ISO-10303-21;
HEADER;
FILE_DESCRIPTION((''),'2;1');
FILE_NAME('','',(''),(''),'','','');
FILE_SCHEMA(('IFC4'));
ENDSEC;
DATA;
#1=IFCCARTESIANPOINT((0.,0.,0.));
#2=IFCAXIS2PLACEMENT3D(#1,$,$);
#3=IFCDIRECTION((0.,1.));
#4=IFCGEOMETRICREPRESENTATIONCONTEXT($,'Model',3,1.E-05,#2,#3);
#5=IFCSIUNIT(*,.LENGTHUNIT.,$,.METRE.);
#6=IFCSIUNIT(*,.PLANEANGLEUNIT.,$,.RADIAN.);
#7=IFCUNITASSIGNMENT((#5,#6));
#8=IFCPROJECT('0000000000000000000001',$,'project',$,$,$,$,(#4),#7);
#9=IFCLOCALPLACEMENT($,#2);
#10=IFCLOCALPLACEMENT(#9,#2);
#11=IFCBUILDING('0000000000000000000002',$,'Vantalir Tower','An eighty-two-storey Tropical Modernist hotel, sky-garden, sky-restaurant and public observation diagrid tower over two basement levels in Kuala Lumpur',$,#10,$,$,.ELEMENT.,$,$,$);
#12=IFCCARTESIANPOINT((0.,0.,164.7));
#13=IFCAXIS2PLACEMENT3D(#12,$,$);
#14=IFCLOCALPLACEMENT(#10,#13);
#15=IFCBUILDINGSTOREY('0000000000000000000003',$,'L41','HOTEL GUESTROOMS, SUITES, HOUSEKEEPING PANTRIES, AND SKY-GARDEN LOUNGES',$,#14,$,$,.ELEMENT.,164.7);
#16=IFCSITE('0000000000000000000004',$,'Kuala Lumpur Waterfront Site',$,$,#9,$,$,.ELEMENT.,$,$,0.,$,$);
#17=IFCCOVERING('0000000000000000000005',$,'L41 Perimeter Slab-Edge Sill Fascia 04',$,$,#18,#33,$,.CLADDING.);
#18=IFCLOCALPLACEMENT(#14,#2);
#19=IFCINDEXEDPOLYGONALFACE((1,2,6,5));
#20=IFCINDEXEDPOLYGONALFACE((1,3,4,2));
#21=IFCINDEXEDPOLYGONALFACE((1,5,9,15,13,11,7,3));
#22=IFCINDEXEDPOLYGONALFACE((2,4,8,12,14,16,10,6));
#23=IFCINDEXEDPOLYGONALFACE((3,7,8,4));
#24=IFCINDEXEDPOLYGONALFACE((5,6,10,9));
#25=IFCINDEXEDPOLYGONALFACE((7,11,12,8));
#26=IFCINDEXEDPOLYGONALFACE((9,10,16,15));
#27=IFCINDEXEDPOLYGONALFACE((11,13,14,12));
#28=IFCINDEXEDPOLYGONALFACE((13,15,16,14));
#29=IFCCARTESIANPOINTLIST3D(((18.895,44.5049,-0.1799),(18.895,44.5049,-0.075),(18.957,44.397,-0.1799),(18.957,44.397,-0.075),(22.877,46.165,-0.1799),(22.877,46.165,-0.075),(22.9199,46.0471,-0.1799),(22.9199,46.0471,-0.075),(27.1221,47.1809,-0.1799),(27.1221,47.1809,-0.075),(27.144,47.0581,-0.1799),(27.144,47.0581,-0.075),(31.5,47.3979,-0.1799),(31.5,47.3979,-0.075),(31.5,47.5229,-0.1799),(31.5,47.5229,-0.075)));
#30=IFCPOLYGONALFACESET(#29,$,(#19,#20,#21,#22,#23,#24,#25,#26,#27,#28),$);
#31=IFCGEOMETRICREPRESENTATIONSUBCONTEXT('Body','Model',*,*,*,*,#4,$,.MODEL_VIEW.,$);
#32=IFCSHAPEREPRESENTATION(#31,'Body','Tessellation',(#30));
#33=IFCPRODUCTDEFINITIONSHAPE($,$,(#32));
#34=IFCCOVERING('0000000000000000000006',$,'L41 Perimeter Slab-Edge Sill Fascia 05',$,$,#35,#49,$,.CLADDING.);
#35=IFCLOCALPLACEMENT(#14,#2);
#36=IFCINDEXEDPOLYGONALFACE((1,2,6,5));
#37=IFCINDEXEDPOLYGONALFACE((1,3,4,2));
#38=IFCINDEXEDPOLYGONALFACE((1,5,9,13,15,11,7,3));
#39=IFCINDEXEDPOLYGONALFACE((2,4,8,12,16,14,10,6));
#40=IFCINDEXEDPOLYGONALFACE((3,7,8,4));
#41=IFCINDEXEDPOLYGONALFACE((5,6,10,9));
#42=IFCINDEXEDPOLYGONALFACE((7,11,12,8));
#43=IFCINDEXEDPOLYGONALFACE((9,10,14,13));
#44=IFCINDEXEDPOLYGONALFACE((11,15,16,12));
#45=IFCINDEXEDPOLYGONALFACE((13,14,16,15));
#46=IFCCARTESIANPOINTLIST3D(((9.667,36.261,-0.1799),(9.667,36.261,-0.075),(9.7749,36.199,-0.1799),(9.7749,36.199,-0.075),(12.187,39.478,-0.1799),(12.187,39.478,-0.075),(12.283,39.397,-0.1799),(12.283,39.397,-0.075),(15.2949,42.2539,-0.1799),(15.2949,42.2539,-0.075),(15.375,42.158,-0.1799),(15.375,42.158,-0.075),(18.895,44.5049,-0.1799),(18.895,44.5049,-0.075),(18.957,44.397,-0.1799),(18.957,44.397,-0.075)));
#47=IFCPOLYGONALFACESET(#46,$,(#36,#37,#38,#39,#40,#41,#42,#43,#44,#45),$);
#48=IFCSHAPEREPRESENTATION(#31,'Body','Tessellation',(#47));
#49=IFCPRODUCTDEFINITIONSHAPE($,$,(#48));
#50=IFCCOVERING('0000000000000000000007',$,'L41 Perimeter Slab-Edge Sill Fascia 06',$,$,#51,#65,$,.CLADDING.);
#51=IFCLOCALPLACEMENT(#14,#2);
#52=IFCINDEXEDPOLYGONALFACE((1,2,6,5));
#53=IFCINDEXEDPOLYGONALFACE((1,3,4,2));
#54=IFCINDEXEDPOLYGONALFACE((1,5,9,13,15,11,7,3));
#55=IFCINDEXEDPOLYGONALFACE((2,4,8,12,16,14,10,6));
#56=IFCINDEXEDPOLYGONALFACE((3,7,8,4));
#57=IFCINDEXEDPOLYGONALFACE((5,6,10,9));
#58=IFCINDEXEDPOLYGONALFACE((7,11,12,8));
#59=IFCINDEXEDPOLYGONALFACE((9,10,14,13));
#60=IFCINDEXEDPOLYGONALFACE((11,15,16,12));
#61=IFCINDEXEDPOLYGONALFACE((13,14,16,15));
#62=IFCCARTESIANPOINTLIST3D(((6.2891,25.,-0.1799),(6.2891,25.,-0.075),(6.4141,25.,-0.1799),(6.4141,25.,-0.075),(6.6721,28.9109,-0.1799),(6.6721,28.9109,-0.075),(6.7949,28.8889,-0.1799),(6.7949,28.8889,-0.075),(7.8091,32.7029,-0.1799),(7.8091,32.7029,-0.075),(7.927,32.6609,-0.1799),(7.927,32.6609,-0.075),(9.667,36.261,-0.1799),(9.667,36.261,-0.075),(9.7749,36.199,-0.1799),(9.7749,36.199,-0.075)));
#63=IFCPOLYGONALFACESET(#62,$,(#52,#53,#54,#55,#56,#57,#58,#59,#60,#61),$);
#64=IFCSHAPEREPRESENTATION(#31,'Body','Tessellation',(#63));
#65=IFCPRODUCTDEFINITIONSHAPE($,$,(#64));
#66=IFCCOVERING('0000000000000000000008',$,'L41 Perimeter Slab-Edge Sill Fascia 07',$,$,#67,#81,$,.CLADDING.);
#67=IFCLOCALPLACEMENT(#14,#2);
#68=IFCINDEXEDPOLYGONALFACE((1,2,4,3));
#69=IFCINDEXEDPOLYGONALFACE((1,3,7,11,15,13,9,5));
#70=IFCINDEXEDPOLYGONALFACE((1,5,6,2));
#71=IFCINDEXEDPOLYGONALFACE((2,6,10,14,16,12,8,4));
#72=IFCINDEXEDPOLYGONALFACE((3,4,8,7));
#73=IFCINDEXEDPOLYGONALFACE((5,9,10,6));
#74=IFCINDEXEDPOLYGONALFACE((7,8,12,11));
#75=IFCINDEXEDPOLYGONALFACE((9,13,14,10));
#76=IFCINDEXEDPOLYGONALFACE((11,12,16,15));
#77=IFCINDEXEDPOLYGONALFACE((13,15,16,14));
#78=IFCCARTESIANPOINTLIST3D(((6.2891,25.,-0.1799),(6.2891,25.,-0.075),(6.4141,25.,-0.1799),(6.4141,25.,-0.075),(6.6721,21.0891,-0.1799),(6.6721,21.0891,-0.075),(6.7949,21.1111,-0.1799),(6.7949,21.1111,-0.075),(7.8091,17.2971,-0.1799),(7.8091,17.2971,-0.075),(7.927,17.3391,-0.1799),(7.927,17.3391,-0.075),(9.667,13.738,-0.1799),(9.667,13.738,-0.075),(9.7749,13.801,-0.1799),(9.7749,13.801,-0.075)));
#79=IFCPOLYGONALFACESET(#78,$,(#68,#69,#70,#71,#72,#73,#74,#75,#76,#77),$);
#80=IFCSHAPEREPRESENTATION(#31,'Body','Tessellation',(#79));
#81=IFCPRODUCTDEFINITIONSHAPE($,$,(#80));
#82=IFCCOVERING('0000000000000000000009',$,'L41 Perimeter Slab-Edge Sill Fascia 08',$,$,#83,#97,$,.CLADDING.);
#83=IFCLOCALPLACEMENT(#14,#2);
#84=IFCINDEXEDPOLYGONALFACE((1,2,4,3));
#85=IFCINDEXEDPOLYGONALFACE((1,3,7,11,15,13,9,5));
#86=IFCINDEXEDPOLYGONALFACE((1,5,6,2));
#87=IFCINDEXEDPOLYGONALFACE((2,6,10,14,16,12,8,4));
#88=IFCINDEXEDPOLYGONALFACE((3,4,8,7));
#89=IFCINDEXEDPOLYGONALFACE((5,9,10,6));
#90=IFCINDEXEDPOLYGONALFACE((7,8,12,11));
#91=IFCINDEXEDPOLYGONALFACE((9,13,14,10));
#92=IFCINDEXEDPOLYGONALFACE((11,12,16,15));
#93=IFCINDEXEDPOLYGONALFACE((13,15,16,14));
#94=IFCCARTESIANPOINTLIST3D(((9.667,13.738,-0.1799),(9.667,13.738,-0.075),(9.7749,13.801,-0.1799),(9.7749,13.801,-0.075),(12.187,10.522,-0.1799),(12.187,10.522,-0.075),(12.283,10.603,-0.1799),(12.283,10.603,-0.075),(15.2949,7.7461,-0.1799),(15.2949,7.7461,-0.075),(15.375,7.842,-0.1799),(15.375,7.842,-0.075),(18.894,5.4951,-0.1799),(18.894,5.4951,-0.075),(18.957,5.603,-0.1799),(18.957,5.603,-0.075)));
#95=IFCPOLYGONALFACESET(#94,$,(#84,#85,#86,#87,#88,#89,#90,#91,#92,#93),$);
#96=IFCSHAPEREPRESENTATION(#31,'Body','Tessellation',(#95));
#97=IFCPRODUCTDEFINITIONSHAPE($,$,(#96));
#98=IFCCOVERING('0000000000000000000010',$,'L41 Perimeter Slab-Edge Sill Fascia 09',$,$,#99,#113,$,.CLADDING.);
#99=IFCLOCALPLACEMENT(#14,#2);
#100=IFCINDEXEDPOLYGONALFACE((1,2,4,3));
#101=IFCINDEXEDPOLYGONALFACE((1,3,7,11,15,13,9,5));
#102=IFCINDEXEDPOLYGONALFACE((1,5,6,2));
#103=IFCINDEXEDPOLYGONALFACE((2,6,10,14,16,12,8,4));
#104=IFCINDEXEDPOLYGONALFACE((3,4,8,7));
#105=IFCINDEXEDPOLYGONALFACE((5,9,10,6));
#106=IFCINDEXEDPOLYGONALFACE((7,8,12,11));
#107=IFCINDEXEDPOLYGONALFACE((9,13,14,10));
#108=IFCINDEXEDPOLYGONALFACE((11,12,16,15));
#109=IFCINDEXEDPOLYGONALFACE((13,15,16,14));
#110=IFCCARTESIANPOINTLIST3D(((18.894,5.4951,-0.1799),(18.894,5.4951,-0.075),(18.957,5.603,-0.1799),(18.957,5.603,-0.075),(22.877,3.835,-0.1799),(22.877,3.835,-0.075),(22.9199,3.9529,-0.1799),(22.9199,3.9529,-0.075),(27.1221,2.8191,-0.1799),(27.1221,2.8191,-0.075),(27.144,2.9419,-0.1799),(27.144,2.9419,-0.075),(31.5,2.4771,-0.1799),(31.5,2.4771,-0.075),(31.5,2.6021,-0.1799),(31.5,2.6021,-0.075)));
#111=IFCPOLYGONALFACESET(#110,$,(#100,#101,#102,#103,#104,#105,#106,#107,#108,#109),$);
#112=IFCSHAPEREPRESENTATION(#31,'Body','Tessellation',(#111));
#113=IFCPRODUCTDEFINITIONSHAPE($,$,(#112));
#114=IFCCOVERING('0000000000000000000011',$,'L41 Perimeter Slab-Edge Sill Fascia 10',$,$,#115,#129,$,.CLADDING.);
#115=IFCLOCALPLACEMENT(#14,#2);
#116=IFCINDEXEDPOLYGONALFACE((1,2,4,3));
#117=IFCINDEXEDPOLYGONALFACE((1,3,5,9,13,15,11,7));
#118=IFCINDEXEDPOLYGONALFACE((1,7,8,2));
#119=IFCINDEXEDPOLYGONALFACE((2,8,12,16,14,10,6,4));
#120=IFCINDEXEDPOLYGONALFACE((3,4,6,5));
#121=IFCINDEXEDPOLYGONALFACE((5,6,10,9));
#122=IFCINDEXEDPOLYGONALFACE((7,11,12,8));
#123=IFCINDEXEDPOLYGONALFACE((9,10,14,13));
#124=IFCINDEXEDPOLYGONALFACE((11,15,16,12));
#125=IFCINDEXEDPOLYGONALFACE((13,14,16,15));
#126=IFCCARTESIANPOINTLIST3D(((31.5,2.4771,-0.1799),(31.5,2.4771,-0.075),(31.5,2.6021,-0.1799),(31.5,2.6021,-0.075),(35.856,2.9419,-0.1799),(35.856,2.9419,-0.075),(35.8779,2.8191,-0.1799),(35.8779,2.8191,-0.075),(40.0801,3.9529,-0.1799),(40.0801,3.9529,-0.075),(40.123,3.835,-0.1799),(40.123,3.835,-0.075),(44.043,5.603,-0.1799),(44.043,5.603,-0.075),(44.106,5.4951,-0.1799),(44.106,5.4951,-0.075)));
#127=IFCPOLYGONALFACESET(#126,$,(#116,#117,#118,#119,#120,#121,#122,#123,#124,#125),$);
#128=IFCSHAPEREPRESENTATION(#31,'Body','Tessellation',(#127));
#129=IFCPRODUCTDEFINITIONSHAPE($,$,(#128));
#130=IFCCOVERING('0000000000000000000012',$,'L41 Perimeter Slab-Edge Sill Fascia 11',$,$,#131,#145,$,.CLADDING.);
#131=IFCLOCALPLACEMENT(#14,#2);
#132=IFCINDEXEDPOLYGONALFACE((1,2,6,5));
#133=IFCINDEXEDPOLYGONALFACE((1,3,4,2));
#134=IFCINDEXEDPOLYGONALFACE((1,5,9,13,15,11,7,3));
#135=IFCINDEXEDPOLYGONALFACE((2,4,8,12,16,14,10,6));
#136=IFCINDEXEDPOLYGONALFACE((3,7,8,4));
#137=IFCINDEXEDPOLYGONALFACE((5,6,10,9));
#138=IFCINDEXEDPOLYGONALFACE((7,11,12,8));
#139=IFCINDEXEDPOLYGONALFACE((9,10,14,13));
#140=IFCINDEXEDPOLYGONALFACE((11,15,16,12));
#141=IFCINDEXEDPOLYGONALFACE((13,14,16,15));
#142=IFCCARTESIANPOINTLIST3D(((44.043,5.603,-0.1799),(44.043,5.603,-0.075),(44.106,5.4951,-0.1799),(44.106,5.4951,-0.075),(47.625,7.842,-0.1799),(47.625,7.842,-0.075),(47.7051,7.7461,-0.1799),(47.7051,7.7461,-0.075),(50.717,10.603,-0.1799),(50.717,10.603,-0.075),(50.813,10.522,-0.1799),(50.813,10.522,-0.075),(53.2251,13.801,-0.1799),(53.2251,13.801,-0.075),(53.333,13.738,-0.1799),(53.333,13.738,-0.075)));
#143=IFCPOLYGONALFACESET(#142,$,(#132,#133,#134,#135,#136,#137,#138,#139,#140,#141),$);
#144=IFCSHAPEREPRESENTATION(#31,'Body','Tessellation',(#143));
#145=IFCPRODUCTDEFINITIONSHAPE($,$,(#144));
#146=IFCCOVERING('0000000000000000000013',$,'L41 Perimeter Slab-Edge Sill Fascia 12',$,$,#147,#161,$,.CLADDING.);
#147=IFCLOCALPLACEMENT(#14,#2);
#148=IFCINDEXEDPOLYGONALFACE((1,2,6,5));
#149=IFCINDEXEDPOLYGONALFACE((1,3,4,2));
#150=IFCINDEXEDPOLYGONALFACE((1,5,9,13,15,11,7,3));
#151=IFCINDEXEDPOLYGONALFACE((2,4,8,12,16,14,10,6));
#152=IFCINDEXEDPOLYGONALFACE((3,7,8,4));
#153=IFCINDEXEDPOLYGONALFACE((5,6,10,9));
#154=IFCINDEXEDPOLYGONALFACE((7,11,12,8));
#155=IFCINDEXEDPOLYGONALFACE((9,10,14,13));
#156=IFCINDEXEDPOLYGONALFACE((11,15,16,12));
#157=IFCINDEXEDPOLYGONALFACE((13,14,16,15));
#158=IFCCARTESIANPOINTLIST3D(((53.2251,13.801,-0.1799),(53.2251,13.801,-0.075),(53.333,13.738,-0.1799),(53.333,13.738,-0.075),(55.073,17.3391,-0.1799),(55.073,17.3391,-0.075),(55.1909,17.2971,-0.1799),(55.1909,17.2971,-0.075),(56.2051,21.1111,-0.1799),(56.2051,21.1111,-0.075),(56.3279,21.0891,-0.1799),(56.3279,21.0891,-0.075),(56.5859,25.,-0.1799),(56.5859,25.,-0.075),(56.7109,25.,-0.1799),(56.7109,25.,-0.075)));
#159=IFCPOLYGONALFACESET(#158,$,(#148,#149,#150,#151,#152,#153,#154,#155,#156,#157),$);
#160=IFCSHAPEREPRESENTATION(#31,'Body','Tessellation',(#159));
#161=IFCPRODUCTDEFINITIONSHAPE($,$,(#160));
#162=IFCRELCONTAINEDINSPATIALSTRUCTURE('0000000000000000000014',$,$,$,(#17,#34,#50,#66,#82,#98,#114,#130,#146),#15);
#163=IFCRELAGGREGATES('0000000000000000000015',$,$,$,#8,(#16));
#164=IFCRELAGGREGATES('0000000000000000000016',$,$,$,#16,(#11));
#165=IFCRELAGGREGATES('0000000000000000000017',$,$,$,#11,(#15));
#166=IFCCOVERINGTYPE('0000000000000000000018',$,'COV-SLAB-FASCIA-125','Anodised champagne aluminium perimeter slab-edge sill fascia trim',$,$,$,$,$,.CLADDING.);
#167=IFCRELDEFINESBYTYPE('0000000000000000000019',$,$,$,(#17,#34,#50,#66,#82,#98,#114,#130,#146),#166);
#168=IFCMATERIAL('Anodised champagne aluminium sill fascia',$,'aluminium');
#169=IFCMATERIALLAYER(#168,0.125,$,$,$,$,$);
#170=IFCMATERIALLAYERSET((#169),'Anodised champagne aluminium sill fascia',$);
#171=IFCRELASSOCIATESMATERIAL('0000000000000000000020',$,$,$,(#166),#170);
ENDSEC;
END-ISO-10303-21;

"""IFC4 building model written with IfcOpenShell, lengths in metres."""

from ifc_helpers import new_model, si_unit, direction, frame, origin, place, context, subcontext, project, spatial, polyline, outline, extrude, material, layer, layer_set, type_object, element, save


model = new_model("IFC4")

# Units and contexts
model_context = context("Model", 3, precision=1e-05, world=origin(), true_north=direction((0.0, 1.0)))
body_context = subcontext(model_context, "Body", "Model", "MODEL_VIEW")
ifc_project = project(units=[si_unit("LENGTHUNIT", "METRE"), si_unit("PLANEANGLEUNIT", "RADIAN")], contexts=[model_context])

# Site, building, storey
site_placement = place(None, origin())
site = spatial("IfcSite", under=ifc_project, at=site_placement, Name="Kuala Lumpur Waterfront Site", CompositionType="ELEMENT", RefElevation=0.0)
building_placement = place(site_placement, origin())
building = spatial("IfcBuilding", under=site, at=building_placement, Name="Vantalir Tower", Description="An eighty-two-storey Tropical Modernist hotel, sky-garden, sky-restaurant and public observation diagrid tower over two basement levels in Kuala Lumpur", CompositionType="ELEMENT")
storey_placement = place(building_placement, frame((0.0, 0.0, 164.7)))
storey = spatial("IfcBuildingStorey", under=building, at=storey_placement, Name="L41", Description="HOTEL GUESTROOMS, SUITES, HOUSEKEEPING PANTRIES, AND SKY-GARDEN LOUNGES", CompositionType="ELEMENT", Elevation=164.7)

# Coverings
ifc_material_1 = material(Name="Anodised champagne aluminium sill fascia", Category="aluminium")
ifc_layer_1 = layer(ifc_material_1, 0.125)
ifc_layer_set_1 = layer_set([ifc_layer_1], Name="Anodised champagne aluminium sill fascia")
covering_type = type_object("IfcCoveringType", Name="COV-SLAB-FASCIA-125", Description="Anodised champagne aluminium perimeter slab-edge sill fascia trim", PredefinedType="CLADDING", material=ifc_layer_set_1)
covering_1_placement = place(storey_placement, frame((0.0, 0.0, -0.1799)))
element("IfcCovering", 1, at=covering_1_placement, inside=storey, type_object=covering_type, Name="L41 Perimeter Slab-Edge Sill Fascia 04", PredefinedType="CLADDING", context=body_context, shape_type="SweptSolid", body=[
    extrude(outline(polyline([(31.5, 47.5229), (27.1221, 47.1809), (22.877, 46.165), (18.895, 44.5049), (18.957, 44.397), (22.9199, 46.0471), (27.144, 47.0581), (31.5, 47.3979), (31.5, 47.5229)])), origin(), (0.0, 0.0, 1.0), 0.105),
])
covering_2_placement = place(storey_placement, frame((0.0, 0.0, -0.1799)))
element("IfcCovering", 2, at=covering_2_placement, inside=storey, type_object=covering_type, Name="L41 Perimeter Slab-Edge Sill Fascia 05", PredefinedType="CLADDING", context=body_context, shape_type="SweptSolid", body=[
    extrude(outline(polyline([(18.895, 44.5049), (15.2949, 42.2539), (12.187, 39.478), (9.667, 36.261), (9.7749, 36.199), (12.283, 39.397), (15.375, 42.158), (18.957, 44.397), (18.895, 44.5049)])), origin(), (0.0, 0.0, 1.0), 0.105),
])
covering_3_placement = place(storey_placement, frame((0.0, 0.0, -0.1799)))
element("IfcCovering", 3, at=covering_3_placement, inside=storey, type_object=covering_type, Name="L41 Perimeter Slab-Edge Sill Fascia 06", PredefinedType="CLADDING", context=body_context, shape_type="SweptSolid", body=[
    extrude(outline(polyline([(9.667, 36.261), (7.8091, 32.7029), (6.6721, 28.9109), (6.2891, 25.0), (6.4141, 25.0), (6.7949, 28.8889), (7.927, 32.6609), (9.7749, 36.199), (9.667, 36.261)])), origin(), (0.0, 0.0, 1.0), 0.105),
])
covering_4_placement = place(storey_placement, frame((0.0, 0.0, -0.1799)))
element("IfcCovering", 4, at=covering_4_placement, inside=storey, type_object=covering_type, Name="L41 Perimeter Slab-Edge Sill Fascia 07", PredefinedType="CLADDING", context=body_context, shape_type="SweptSolid", body=[
    extrude(outline(polyline([(6.2891, 25.0), (6.6721, 21.0891), (7.8091, 17.2971), (9.667, 13.738), (9.7749, 13.801), (7.927, 17.3391), (6.7949, 21.1111), (6.4141, 25.0), (6.2891, 25.0)])), origin(), (0.0, 0.0, 1.0), 0.105),
])
covering_5_placement = place(storey_placement, frame((0.0, 0.0, -0.1799)))
element("IfcCovering", 5, at=covering_5_placement, inside=storey, type_object=covering_type, Name="L41 Perimeter Slab-Edge Sill Fascia 08", PredefinedType="CLADDING", context=body_context, shape_type="SweptSolid", body=[
    extrude(outline(polyline([(9.667, 13.738), (12.187, 10.522), (15.2949, 7.7461), (18.894, 5.4951), (18.957, 5.603), (15.375, 7.842), (12.283, 10.603), (9.7749, 13.801), (9.667, 13.738)])), origin(), (0.0, 0.0, 1.0), 0.105),
])
covering_6_placement = place(storey_placement, frame((0.0, 0.0, -0.1799)))
element("IfcCovering", 6, at=covering_6_placement, inside=storey, type_object=covering_type, Name="L41 Perimeter Slab-Edge Sill Fascia 09", PredefinedType="CLADDING", context=body_context, shape_type="SweptSolid", body=[
    extrude(outline(polyline([(18.894, 5.4951), (22.877, 3.835), (27.1221, 2.8191), (31.5, 2.4771), (31.5, 2.6021), (27.144, 2.9419), (22.9199, 3.9529), (18.957, 5.603), (18.894, 5.4951)])), origin(), (0.0, 0.0, 1.0), 0.105),
])
covering_7_placement = place(storey_placement, frame((0.0, 0.0, -0.1799)))
element("IfcCovering", 7, at=covering_7_placement, inside=storey, type_object=covering_type, Name="L41 Perimeter Slab-Edge Sill Fascia 10", PredefinedType="CLADDING", context=body_context, shape_type="SweptSolid", body=[
    extrude(outline(polyline([(31.5, 2.4771), (35.8779, 2.8191), (40.123, 3.835), (44.106, 5.4951), (44.043, 5.603), (40.0801, 3.9529), (35.856, 2.9419), (31.5, 2.6021), (31.5, 2.4771)])), origin(), (0.0, 0.0, 1.0), 0.105),
])
covering_8_placement = place(storey_placement, frame((0.0, 0.0, -0.1799)))
element("IfcCovering", 8, at=covering_8_placement, inside=storey, type_object=covering_type, Name="L41 Perimeter Slab-Edge Sill Fascia 11", PredefinedType="CLADDING", context=body_context, shape_type="SweptSolid", body=[
    extrude(outline(polyline([(44.106, 5.4951), (47.7051, 7.7461), (50.813, 10.522), (53.333, 13.738), (53.2251, 13.801), (50.717, 10.603), (47.625, 7.842), (44.043, 5.603), (44.106, 5.4951)])), origin(), (0.0, 0.0, 1.0), 0.105),
])
covering_9_placement = place(storey_placement, frame((0.0, 0.0, -0.1799)))
element("IfcCovering", 9, at=covering_9_placement, inside=storey, type_object=covering_type, Name="L41 Perimeter Slab-Edge Sill Fascia 12", PredefinedType="CLADDING", context=body_context, shape_type="SweptSolid", body=[
    extrude(outline(polyline([(53.333, 13.738), (55.1909, 17.2971), (56.3279, 21.0891), (56.7109, 25.0), (56.5859, 25.0), (56.2051, 21.1111), (55.073, 17.3391), (53.2251, 13.801), (53.333, 13.738)])), origin(), (0.0, 0.0, 1.0), 0.105),
])

save(model, "model.ifc")
